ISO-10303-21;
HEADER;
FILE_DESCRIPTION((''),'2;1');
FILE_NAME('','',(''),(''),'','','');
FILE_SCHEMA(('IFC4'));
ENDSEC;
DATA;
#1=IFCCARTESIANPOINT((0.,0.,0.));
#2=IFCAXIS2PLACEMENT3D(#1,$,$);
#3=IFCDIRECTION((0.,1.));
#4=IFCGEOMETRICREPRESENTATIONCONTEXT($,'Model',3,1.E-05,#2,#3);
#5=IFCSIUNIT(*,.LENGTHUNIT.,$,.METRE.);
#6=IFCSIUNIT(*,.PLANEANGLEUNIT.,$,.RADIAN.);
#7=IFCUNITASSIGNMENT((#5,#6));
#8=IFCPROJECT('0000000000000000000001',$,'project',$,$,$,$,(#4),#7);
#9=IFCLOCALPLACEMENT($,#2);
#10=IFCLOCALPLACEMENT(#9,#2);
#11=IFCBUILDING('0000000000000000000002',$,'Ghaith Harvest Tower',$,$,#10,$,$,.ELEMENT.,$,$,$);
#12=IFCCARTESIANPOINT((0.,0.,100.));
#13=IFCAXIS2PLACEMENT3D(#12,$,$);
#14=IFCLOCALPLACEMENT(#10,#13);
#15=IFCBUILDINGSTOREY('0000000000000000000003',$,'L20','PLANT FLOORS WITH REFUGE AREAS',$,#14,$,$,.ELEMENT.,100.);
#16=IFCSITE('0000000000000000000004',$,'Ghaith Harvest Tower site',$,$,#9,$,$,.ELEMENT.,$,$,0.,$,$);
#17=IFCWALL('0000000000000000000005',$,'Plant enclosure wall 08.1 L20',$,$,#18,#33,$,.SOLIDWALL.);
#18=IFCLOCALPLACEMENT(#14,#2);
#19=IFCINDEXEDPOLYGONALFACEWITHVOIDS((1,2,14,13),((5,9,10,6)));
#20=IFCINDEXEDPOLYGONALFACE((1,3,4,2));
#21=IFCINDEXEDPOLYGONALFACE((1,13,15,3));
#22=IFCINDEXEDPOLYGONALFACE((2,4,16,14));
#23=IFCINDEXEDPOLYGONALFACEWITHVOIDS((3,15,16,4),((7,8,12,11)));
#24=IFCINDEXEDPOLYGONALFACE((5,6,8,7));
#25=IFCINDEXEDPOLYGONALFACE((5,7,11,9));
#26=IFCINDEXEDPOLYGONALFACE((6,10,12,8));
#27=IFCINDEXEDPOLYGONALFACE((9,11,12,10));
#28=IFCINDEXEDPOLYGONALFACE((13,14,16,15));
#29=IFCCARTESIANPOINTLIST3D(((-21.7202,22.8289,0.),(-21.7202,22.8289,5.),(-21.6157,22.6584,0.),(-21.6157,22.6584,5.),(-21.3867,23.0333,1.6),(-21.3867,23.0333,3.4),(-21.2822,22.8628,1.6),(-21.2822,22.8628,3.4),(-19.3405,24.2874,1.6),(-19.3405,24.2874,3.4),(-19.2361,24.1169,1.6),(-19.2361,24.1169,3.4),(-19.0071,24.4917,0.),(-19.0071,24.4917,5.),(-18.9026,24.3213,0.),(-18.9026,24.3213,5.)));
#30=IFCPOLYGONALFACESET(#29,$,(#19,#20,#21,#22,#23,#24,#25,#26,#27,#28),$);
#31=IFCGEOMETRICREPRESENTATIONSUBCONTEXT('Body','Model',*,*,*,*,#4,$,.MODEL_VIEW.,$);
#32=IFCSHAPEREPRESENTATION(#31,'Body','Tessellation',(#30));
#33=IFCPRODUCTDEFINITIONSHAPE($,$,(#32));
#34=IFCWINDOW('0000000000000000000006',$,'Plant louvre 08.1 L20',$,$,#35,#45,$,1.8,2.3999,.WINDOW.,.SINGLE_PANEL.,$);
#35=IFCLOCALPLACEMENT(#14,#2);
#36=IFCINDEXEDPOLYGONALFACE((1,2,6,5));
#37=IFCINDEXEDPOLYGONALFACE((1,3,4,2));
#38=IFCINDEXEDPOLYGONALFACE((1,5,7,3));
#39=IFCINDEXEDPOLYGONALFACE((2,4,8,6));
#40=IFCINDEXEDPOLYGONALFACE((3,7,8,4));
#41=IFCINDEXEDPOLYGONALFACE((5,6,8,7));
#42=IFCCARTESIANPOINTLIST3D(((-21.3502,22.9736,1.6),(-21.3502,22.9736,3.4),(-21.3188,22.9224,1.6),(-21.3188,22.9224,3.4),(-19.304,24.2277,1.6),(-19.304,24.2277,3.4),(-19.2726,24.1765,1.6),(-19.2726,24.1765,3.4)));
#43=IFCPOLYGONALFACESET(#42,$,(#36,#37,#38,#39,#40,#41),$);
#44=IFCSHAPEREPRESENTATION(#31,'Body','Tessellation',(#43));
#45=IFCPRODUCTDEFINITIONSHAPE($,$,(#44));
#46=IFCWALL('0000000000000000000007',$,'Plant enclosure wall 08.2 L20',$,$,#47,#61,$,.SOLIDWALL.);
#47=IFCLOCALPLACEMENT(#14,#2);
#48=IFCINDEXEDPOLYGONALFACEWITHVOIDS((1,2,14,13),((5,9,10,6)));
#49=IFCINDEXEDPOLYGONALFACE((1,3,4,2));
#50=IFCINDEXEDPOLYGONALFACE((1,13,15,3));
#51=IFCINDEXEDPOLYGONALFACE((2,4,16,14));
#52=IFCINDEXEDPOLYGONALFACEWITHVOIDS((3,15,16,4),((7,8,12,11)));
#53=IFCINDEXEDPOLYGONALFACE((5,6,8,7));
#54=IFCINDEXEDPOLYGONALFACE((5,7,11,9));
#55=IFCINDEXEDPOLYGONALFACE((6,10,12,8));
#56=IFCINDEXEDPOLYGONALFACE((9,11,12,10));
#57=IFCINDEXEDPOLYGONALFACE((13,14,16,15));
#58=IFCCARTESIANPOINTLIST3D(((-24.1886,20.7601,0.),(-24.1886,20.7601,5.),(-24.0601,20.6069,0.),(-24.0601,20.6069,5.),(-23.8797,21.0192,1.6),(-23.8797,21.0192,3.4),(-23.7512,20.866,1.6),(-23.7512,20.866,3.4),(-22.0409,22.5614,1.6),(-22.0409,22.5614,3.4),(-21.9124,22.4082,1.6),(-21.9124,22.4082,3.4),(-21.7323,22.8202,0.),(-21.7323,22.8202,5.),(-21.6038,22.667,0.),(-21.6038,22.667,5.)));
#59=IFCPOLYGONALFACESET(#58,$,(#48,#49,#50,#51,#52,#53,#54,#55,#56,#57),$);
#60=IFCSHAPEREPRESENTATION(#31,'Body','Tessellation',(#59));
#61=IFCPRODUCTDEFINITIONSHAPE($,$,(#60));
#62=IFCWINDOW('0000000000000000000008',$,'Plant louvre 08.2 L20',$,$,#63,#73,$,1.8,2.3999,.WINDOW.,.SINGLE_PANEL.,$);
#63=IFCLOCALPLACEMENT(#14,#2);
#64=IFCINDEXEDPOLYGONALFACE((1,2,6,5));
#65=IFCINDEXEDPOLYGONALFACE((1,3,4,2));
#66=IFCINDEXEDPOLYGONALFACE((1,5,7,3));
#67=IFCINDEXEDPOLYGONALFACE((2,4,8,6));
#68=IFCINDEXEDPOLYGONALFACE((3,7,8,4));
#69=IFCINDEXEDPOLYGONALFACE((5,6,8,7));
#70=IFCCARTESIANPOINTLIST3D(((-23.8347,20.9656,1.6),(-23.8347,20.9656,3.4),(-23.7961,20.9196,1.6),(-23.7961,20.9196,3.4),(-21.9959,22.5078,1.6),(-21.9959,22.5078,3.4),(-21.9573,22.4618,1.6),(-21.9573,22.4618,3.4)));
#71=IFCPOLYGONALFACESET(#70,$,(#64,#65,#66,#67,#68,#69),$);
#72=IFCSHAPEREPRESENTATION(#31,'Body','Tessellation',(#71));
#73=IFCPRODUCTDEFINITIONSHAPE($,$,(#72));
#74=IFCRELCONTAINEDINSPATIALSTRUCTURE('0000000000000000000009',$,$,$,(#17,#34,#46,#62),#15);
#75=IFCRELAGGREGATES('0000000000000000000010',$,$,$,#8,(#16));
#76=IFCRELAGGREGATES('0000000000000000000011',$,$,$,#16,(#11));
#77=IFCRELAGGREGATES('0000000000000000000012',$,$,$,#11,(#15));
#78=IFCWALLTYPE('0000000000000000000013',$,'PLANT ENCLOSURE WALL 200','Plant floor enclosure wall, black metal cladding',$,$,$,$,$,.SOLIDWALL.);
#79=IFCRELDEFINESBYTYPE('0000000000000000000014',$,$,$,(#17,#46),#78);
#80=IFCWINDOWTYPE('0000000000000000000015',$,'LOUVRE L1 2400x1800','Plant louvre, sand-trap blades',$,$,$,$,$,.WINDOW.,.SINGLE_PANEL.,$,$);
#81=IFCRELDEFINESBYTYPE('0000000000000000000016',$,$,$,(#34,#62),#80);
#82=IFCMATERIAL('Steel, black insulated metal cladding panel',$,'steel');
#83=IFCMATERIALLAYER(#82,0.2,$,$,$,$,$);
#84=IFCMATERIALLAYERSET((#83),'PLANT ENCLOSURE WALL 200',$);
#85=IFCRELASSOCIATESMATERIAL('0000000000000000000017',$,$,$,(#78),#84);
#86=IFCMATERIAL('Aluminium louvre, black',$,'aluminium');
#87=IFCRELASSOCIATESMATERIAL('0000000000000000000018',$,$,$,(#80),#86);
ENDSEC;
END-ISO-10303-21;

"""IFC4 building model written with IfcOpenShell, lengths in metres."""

from ifc_helpers import new_model, si_unit, direction, frame, frame_2d, origin, place, context, subcontext, project, spatial, rectangle, extrude, material, layer, layer_set, type_object, element, fill, save


model = new_model("IFC4")

# Units and contexts
model_context = context("Model", 3, precision=1e-05, world=origin(), true_north=direction((0.0, 1.0)))
body_context = subcontext(model_context, "Body", "Model", "MODEL_VIEW")
ifc_project = project(units=[si_unit("LENGTHUNIT", "METRE"), si_unit("PLANEANGLEUNIT", "RADIAN")], contexts=[model_context])

# Site, building, storey
site_placement = place(None, origin())
site = spatial("IfcSite", under=ifc_project, at=site_placement, Name="Ghaith Harvest Tower site", CompositionType="ELEMENT", RefElevation=0.0)
building_placement = place(site_placement, origin())
building = spatial("IfcBuilding", under=site, at=building_placement, Name="Ghaith Harvest Tower", CompositionType="ELEMENT")
storey_placement = place(building_placement, frame((0.0, 0.0, 100.0)))
storey = spatial("IfcBuildingStorey", under=building, at=storey_placement, Name="L20", Description="PLANT FLOORS WITH REFUGE AREAS", CompositionType="ELEMENT", Elevation=100.0)

# Walls, openings, windows
ifc_material_1 = material(Name="Steel, black insulated metal cladding panel", Category="steel")
ifc_layer_1 = layer(ifc_material_1, 0.2)
ifc_layer_set_1 = layer_set([ifc_layer_1], Name="PLANT ENCLOSURE WALL 200")
wall_type_1 = type_object("IfcWallType", Name="PLANT ENCLOSURE WALL 200", Description="Plant floor enclosure wall, black metal cladding", PredefinedType="SOLIDWALL", material=ifc_layer_set_1)
ifc_material_2 = material(Name="Aluminium louvre, black", Category="aluminium")
window_type = type_object("IfcWindowType", Name="LOUVRE L1 2400x1800", Description="Plant louvre, sand-trap blades", PartitioningType="SINGLE_PANEL", PredefinedType="WINDOW", material=ifc_material_2)
wall_1_placement = place(storey_placement, frame((-18.9548, 24.4065, 0.0), z_axis=(0.0, 0.0, 1.0), x_axis=(-0.852608, -0.522551, 0.0)))
wall_1 = element("IfcWall", 1, at=wall_1_placement, inside=storey, type_object=wall_type_1, Name="Plant enclosure wall 08.1 L20", PredefinedType="SOLIDWALL", context=body_context, shape_type="SweptSolid", body=[
    extrude(rectangle(XDim=3.1821, YDim=0.2, at=frame_2d((1.5911, 0.0))), origin(), (0.0, 0.0, 1.0), 5.0),
])
opening_1_placement = place(wall_1_placement, frame((0.3911, 0.0, 1.6001)))
opening_1 = element("IfcOpeningElement", 2, at=opening_1_placement, cuts=wall_1, PredefinedType="OPENING", context=body_context, shape_type="SweptSolid", body=[
    extrude(rectangle(XDim=2.3999, YDim=1.8, at=frame_2d((1.2, 0.8999))), frame((0.0, 0.1099, 0.0), z_axis=(0.0, -1.0, 0.0), x_axis=(1.0, 0.0, 0.0)), (0.0, 0.0, 1.0), 0.22),
])
window_1_placement = place(opening_1_placement, origin())
window_1 = element("IfcWindow", 3, at=window_1_placement, inside=storey, type_object=window_type, Name="Plant louvre 08.1 L20", OverallHeight=1.8, OverallWidth=2.3999, PartitioningType="SINGLE_PANEL", PredefinedType="WINDOW", context=body_context, shape_type="SweptSolid", body=[
    extrude(rectangle(XDim=2.3999, YDim=1.8, at=frame_2d((1.2, 0.8999))), frame((0.0, 0.03, 0.0), z_axis=(0.0, -1.0, 0.0), x_axis=(1.0, 0.0, 0.0)), (0.0, 0.0, 1.0), 0.0601),
])
fill(opening_1, window_1)
wall_2_placement = place(storey_placement, frame((-21.668, 22.7437, 0.0), z_axis=(0.0, 0.0, 1.0), x_axis=(-0.766201, -0.642601, 0.0)))
wall_2 = element("IfcWall", 4, at=wall_2_placement, inside=storey, type_object=wall_type_1, Name="Plant enclosure wall 08.2 L20", PredefinedType="SOLIDWALL", context=body_context, shape_type="SweptSolid", body=[
    extrude(rectangle(XDim=3.2058, YDim=0.2, at=frame_2d((1.603, 0.0))), origin(), (0.0, 0.0, 1.0), 5.0),
])
opening_2_placement = place(wall_2_placement, frame((0.4028, 0.0, 1.6001)))
opening_2 = element("IfcOpeningElement", 5, at=opening_2_placement, cuts=wall_2, PredefinedType="OPENING", context=body_context, shape_type="SweptSolid", body=[
    extrude(rectangle(XDim=2.3999, YDim=1.8, at=frame_2d((1.2, 0.8999))), frame((0.0, 0.1099, 0.0), z_axis=(0.0, -1.0, 0.0), x_axis=(1.0, 0.0, 0.0)), (0.0, 0.0, 1.0), 0.22),
])
window_2_placement = place(opening_2_placement, origin())
window_2 = element("IfcWindow", 6, at=window_2_placement, inside=storey, type_object=window_type, Name="Plant louvre 08.2 L20", OverallHeight=1.8, OverallWidth=2.3999, PartitioningType="SINGLE_PANEL", PredefinedType="WINDOW", context=body_context, shape_type="SweptSolid", body=[
    extrude(rectangle(XDim=2.3999, YDim=1.8, at=frame_2d((1.2, 0.8999))), frame((0.0, 0.03, 0.0), z_axis=(0.0, -1.0, 0.0), x_axis=(1.0, 0.0, 0.0)), (0.0, 0.0, 1.0), 0.0601),
])
fill(opening_2, window_2)

save(model, "model.ifc")
